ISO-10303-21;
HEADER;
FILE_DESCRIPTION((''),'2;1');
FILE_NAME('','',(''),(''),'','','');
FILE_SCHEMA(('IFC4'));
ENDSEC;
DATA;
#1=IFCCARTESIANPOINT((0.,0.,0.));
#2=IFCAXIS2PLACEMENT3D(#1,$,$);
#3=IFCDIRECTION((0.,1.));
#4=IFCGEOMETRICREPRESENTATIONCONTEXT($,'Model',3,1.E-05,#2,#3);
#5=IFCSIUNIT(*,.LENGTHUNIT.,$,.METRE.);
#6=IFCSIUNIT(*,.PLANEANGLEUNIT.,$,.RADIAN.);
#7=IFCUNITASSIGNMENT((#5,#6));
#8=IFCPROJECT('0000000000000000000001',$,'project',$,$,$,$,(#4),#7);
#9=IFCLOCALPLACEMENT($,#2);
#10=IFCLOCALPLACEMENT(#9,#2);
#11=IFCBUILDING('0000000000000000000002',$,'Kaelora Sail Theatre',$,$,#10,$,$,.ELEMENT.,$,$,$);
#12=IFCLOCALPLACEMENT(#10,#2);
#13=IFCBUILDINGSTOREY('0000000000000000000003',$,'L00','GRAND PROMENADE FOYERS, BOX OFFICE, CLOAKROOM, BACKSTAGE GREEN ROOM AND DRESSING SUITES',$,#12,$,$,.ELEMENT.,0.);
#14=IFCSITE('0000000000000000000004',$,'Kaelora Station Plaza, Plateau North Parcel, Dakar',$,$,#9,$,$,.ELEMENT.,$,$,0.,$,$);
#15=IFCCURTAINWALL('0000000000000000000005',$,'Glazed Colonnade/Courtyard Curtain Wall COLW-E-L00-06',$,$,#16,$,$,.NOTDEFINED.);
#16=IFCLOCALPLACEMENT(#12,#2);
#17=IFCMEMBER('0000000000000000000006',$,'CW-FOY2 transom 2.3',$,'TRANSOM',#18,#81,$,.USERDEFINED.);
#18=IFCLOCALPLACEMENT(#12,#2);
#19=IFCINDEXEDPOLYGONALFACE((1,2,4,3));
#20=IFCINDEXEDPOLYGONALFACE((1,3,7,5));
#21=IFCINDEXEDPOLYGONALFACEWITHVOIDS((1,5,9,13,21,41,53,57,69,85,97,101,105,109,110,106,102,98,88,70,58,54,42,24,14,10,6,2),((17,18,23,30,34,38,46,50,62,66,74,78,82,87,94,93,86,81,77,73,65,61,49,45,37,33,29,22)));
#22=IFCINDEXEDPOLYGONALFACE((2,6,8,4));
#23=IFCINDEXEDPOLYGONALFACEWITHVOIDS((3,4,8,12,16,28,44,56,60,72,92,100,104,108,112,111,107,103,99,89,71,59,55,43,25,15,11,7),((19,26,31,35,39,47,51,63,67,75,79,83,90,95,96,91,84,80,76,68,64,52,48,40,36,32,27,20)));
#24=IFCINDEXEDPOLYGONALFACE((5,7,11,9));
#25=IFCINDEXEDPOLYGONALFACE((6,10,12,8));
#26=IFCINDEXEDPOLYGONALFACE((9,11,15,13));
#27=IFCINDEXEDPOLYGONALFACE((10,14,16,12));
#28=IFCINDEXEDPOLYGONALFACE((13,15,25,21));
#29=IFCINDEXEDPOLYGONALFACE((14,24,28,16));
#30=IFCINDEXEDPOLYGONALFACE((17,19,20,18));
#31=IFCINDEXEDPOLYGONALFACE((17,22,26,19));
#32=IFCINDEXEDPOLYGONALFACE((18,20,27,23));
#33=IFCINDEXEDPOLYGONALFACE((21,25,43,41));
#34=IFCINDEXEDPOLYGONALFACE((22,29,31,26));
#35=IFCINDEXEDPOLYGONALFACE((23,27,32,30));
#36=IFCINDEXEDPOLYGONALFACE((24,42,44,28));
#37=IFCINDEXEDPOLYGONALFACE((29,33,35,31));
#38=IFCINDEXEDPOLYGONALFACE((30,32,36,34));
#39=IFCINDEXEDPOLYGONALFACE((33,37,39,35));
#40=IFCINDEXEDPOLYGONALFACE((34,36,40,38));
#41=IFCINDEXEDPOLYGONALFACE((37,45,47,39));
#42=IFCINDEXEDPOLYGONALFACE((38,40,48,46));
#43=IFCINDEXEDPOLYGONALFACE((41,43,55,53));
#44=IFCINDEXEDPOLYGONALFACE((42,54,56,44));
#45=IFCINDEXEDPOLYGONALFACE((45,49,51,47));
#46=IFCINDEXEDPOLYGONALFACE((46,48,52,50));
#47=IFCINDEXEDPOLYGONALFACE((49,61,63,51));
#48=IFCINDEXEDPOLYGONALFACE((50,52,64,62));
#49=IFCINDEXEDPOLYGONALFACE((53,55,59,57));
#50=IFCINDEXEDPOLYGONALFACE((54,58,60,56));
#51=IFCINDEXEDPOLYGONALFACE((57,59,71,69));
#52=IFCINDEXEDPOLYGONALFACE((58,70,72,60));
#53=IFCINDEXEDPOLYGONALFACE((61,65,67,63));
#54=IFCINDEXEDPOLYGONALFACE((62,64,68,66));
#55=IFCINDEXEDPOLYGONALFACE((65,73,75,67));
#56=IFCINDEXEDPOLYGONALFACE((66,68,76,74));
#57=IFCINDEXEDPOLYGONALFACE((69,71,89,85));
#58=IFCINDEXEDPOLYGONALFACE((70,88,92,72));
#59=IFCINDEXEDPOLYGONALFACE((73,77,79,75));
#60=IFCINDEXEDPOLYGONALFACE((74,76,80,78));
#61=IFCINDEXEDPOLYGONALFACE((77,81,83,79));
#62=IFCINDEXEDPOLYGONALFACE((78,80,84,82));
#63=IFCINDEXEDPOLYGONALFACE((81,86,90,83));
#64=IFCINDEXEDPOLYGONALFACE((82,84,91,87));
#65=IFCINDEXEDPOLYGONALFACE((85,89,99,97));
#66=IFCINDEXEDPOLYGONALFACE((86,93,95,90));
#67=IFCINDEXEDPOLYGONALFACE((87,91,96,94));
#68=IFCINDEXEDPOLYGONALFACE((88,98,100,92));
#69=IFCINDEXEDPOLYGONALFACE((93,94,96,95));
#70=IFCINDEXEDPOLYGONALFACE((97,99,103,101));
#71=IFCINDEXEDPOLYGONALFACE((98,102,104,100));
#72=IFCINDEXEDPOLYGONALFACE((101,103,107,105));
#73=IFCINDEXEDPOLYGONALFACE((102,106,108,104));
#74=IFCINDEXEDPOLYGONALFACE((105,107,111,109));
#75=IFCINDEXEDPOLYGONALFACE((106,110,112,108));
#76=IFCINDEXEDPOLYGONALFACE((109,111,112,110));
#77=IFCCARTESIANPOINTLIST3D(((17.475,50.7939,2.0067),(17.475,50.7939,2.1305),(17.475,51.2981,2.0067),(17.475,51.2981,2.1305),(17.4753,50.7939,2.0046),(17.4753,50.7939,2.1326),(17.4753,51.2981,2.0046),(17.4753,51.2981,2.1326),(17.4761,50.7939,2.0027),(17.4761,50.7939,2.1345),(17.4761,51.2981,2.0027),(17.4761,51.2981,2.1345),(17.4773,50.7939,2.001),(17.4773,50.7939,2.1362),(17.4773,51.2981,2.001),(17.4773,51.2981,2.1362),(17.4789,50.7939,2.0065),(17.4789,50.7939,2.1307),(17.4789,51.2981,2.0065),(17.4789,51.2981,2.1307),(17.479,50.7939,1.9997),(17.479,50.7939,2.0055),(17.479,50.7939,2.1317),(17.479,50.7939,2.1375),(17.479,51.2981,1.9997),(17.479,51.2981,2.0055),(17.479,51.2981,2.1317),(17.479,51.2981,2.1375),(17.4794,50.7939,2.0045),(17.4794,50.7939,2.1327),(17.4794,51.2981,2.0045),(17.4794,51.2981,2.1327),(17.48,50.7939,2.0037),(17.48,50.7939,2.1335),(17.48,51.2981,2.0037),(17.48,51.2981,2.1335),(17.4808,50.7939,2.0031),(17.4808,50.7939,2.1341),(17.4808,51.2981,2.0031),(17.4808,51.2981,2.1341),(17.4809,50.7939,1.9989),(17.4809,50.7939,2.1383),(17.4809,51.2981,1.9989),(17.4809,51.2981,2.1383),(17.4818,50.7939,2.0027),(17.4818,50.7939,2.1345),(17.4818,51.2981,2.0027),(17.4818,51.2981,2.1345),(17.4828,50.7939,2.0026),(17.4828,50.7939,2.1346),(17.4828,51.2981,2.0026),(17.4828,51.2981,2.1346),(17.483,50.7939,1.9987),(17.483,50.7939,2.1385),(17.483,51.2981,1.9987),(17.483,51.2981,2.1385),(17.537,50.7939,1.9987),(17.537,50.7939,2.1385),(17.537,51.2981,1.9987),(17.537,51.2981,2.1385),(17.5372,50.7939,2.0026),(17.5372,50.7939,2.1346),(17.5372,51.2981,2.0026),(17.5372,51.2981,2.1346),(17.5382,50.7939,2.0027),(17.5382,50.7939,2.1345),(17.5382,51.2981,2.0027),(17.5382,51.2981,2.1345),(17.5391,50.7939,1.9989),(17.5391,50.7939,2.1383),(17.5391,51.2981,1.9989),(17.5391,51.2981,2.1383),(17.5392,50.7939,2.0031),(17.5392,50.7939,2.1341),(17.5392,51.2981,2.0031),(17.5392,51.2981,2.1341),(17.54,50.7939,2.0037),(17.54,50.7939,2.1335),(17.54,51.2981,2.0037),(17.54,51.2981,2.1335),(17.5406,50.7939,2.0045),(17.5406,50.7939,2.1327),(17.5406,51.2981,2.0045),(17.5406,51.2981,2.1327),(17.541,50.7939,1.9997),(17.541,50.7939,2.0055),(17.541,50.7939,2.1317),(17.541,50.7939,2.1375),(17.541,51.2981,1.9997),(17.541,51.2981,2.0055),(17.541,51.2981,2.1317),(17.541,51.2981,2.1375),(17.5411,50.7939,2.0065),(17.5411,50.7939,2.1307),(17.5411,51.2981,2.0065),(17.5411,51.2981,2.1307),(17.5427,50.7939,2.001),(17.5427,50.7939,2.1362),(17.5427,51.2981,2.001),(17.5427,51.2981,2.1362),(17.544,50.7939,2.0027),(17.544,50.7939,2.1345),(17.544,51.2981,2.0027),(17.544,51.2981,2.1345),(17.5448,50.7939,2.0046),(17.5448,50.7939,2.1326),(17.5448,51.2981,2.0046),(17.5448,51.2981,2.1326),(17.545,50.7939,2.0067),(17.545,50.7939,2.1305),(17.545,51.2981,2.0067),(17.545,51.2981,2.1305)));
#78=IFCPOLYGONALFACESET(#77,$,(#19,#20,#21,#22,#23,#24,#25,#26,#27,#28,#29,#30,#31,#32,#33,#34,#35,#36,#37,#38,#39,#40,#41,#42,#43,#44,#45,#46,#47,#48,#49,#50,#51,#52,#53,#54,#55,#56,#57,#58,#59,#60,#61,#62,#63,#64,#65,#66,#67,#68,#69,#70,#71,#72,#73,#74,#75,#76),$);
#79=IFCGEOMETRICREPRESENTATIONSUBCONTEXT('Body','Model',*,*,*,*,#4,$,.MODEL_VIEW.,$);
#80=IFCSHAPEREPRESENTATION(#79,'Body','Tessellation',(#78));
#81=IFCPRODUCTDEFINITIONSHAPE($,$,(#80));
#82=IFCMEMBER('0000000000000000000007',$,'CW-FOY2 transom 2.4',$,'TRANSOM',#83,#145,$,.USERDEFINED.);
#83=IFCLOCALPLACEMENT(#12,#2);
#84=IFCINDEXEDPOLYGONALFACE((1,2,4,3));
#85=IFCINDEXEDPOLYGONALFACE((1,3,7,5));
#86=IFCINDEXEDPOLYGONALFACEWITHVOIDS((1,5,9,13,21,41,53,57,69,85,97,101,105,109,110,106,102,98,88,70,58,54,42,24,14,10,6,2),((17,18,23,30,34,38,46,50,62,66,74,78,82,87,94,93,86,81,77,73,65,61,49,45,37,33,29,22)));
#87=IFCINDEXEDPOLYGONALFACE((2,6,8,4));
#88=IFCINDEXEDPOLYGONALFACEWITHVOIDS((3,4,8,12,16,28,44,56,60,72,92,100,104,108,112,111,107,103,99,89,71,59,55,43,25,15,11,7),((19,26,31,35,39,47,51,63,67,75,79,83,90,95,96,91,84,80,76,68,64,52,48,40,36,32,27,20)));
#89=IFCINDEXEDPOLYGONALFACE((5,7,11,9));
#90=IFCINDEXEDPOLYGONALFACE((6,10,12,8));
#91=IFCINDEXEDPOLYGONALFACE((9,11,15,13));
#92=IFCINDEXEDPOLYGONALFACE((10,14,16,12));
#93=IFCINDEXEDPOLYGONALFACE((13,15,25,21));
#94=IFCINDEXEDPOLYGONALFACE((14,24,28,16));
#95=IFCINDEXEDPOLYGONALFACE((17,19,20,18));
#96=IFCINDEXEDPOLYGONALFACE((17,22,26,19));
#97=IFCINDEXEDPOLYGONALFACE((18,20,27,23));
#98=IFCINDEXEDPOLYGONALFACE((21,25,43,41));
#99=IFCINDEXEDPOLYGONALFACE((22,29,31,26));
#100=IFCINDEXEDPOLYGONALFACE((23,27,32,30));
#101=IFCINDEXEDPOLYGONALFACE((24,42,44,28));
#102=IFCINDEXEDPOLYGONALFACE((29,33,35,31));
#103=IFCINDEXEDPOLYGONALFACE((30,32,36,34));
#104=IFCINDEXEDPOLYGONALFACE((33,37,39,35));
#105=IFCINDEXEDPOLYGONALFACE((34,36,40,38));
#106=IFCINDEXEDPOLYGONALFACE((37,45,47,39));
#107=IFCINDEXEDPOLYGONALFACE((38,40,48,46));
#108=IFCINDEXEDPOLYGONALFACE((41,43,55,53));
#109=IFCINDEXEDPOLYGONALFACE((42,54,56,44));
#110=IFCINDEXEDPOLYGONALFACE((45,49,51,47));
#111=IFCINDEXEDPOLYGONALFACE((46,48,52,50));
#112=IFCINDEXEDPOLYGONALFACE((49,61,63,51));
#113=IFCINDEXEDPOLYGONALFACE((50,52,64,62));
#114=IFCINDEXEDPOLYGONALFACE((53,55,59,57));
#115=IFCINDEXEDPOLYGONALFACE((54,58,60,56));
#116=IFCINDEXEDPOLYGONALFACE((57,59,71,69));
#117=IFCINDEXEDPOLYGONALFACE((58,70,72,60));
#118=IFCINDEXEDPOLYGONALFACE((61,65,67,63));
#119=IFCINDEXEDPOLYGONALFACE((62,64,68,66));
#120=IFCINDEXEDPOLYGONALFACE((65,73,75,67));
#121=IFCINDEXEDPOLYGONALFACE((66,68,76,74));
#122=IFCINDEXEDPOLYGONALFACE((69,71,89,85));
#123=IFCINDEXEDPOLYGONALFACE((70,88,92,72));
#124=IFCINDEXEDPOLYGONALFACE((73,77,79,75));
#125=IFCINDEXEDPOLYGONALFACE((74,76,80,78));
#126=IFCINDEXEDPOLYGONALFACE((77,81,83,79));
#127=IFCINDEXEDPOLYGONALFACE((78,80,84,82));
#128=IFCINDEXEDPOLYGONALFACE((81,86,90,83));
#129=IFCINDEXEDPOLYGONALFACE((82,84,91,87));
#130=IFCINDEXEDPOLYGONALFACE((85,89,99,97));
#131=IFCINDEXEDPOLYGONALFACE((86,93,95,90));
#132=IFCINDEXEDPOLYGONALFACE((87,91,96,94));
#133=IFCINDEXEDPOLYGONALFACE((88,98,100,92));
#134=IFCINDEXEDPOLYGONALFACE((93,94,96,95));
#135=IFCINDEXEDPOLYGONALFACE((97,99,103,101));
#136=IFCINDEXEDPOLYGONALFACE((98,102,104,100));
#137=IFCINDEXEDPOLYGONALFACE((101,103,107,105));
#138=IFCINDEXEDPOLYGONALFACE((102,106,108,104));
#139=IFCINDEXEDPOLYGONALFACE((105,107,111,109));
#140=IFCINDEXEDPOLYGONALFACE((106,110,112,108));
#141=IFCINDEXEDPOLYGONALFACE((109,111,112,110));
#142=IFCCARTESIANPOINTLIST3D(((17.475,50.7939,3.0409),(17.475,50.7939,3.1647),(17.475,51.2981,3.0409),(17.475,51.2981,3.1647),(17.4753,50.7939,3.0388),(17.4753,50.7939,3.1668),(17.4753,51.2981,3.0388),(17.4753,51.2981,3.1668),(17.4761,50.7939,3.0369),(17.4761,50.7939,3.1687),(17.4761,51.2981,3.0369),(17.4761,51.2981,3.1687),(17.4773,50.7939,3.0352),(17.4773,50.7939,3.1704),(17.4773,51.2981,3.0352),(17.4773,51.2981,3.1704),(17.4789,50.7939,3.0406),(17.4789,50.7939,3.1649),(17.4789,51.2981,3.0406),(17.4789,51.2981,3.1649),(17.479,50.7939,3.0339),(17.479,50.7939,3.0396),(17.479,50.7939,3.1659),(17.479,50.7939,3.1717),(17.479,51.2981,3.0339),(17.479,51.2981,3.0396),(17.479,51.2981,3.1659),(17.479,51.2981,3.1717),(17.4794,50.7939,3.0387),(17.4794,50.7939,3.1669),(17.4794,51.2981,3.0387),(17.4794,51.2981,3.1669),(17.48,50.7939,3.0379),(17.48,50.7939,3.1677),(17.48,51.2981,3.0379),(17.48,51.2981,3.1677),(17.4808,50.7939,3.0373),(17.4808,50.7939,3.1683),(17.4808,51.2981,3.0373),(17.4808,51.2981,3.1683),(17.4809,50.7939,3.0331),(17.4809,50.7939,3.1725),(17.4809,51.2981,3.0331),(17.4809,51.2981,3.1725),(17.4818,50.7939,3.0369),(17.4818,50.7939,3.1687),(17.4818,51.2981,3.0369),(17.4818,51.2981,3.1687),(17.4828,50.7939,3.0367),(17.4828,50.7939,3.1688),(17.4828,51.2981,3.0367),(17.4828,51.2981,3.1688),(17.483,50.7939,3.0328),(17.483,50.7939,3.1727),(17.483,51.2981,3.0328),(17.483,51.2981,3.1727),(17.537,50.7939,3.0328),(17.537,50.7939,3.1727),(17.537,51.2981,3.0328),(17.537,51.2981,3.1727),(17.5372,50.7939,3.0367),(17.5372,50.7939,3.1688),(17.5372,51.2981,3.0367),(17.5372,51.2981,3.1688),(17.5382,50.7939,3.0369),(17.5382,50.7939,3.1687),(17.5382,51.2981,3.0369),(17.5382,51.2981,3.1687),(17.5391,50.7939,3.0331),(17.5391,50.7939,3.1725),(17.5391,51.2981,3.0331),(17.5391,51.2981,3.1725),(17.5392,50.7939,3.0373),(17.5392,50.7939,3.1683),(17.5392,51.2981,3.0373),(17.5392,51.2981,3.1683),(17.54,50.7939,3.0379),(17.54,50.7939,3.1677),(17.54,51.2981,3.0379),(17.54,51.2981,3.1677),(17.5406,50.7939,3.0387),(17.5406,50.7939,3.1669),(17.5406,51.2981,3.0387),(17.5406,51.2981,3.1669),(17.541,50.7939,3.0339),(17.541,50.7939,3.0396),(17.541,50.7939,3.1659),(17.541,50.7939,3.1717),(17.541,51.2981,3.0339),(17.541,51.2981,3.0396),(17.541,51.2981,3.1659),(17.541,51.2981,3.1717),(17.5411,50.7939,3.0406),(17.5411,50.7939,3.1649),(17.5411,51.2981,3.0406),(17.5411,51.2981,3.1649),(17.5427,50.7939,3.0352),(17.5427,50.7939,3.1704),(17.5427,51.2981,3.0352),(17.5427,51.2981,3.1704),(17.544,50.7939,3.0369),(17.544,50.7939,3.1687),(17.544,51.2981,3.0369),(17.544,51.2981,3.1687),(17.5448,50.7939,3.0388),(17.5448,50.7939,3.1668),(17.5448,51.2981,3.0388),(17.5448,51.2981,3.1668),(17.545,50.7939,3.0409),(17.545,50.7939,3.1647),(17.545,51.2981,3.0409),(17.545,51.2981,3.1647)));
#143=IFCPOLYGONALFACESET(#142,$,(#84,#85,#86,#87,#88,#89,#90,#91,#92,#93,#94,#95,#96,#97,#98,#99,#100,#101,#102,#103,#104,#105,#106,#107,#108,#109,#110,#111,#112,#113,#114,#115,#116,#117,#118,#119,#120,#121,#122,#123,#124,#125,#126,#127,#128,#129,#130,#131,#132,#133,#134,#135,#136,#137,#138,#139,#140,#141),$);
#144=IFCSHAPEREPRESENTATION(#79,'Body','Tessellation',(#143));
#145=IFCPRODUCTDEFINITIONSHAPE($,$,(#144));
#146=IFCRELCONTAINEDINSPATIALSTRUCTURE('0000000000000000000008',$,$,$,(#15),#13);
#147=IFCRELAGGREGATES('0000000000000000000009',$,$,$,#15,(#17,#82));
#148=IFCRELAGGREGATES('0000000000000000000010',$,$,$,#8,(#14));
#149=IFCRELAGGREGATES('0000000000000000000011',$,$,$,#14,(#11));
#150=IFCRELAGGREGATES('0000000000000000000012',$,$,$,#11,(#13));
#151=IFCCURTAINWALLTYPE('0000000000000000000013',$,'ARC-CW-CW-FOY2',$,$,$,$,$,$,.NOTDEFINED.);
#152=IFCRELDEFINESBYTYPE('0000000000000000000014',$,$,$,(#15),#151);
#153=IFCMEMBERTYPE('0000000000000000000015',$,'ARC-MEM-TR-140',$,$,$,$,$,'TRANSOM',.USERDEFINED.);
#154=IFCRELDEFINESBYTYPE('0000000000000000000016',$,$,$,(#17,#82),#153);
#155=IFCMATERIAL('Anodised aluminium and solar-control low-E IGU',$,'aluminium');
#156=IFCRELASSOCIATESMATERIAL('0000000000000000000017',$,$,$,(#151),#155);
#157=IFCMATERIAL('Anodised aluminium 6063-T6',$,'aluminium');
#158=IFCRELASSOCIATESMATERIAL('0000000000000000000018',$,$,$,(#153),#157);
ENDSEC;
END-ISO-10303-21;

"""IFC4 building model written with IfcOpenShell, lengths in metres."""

from ifc_helpers import new_model, si_unit, direction, frame, origin, origin_2d, place, context, subcontext, project, spatial, hollow_rectangle, extrude, material, material_profile, profile_set, type_object, element, aggregate, save


model = new_model("IFC4")

# Units and contexts
model_context = context("Model", 3, precision=1e-05, world=origin(), true_north=direction((0.0, 1.0)))
body_context = subcontext(model_context, "Body", "Model", "MODEL_VIEW")
ifc_project = project(units=[si_unit("LENGTHUNIT", "METRE"), si_unit("PLANEANGLEUNIT", "RADIAN")], contexts=[model_context])

# Site, building, storey
site_placement = place(None, origin())
site = spatial("IfcSite", under=ifc_project, at=site_placement, Name="Kaelora Station Plaza, Plateau North Parcel, Dakar", CompositionType="ELEMENT", RefElevation=0.0)
building_placement = place(site_placement, origin())
building = spatial("IfcBuilding", under=site, at=building_placement, Name="Kaelora Sail Theatre", CompositionType="ELEMENT")
storey_placement = place(building_placement, origin())
storey = spatial("IfcBuildingStorey", under=building, at=storey_placement, Name="L00", Description="GRAND PROMENADE FOYERS, BOX OFFICE, CLOAKROOM, BACKSTAGE GREEN ROOM AND DRESSING SUITES", CompositionType="ELEMENT", Elevation=0.0)

# Curtain wall, members
ifc_material_1 = material(Name="Anodised aluminium and solar-control low-E IGU", Category="aluminium")
curtain_wall_type = type_object("IfcCurtainWallType", Name="ARC-CW-CW-FOY2", PredefinedType="NOTDEFINED", material=ifc_material_1)
ifc_material_2 = material(Name="Anodised aluminium 6063-T6", Category="aluminium")
ifc_material_profile = material_profile(ifc_material_2, hollow_rectangle(XDim=0.0701, YDim=0.1399, WallThickness=0.0039, InnerFilletRadius=0.0039, OuterFilletRadius=0.0081, at=origin_2d()), Name="ALU-TRAN 70x140x4")
ifc_profile_set = profile_set([ifc_material_profile], Name="Anodised aluminium 6063-T6")
member_type = type_object("IfcMemberType", Name="ARC-MEM-TR-140", ElementType="TRANSOM", PredefinedType="USERDEFINED", material=ifc_profile_set)
curtain_wall_1_placement = place(storey_placement, origin())
curtain_wall_1 = element("IfcCurtainWall", 1, at=curtain_wall_1_placement, inside=storey, type_object=curtain_wall_type, Name="Glazed Colonnade/Courtyard Curtain Wall COLW-E-L00-06", PredefinedType="NOTDEFINED")
member_1_placement = place(storey_placement, frame((17.51, 50.7939, 2.0686), z_axis=(0.0, 1.0, 0.0), x_axis=(-1.0, 0.0, 0.0)))
member_1 = element("IfcMember", 2, at=member_1_placement, type_object=member_type, Name="CW-FOY2 transom 2.3", ObjectType="TRANSOM", PredefinedType="USERDEFINED", context=body_context, shape_type="SweptSolid", body=[
    extrude(hollow_rectangle(XDim=0.0701, YDim=0.1399, WallThickness=0.0039, InnerFilletRadius=0.0039, OuterFilletRadius=0.0081, at=origin_2d()), origin(), (0.0, 0.0, 1.0), 0.5042),
])
member_2_placement = place(storey_placement, frame((17.51, 50.7939, 3.1028), z_axis=(0.0, 1.0, 0.0), x_axis=(-1.0, 0.0, 0.0)))
member_2 = element("IfcMember", 3, at=member_2_placement, type_object=member_type, Name="CW-FOY2 transom 2.4", ObjectType="TRANSOM", PredefinedType="USERDEFINED", context=body_context, shape_type="SweptSolid", body=[
    extrude(hollow_rectangle(XDim=0.0701, YDim=0.1399, WallThickness=0.0039, InnerFilletRadius=0.0039, OuterFilletRadius=0.0081, at=origin_2d()), origin(), (0.0, 0.0, 1.0), 0.5042),
])

aggregate(curtain_wall_1, [member_1, member_2])

save(model, "model.ifc")
